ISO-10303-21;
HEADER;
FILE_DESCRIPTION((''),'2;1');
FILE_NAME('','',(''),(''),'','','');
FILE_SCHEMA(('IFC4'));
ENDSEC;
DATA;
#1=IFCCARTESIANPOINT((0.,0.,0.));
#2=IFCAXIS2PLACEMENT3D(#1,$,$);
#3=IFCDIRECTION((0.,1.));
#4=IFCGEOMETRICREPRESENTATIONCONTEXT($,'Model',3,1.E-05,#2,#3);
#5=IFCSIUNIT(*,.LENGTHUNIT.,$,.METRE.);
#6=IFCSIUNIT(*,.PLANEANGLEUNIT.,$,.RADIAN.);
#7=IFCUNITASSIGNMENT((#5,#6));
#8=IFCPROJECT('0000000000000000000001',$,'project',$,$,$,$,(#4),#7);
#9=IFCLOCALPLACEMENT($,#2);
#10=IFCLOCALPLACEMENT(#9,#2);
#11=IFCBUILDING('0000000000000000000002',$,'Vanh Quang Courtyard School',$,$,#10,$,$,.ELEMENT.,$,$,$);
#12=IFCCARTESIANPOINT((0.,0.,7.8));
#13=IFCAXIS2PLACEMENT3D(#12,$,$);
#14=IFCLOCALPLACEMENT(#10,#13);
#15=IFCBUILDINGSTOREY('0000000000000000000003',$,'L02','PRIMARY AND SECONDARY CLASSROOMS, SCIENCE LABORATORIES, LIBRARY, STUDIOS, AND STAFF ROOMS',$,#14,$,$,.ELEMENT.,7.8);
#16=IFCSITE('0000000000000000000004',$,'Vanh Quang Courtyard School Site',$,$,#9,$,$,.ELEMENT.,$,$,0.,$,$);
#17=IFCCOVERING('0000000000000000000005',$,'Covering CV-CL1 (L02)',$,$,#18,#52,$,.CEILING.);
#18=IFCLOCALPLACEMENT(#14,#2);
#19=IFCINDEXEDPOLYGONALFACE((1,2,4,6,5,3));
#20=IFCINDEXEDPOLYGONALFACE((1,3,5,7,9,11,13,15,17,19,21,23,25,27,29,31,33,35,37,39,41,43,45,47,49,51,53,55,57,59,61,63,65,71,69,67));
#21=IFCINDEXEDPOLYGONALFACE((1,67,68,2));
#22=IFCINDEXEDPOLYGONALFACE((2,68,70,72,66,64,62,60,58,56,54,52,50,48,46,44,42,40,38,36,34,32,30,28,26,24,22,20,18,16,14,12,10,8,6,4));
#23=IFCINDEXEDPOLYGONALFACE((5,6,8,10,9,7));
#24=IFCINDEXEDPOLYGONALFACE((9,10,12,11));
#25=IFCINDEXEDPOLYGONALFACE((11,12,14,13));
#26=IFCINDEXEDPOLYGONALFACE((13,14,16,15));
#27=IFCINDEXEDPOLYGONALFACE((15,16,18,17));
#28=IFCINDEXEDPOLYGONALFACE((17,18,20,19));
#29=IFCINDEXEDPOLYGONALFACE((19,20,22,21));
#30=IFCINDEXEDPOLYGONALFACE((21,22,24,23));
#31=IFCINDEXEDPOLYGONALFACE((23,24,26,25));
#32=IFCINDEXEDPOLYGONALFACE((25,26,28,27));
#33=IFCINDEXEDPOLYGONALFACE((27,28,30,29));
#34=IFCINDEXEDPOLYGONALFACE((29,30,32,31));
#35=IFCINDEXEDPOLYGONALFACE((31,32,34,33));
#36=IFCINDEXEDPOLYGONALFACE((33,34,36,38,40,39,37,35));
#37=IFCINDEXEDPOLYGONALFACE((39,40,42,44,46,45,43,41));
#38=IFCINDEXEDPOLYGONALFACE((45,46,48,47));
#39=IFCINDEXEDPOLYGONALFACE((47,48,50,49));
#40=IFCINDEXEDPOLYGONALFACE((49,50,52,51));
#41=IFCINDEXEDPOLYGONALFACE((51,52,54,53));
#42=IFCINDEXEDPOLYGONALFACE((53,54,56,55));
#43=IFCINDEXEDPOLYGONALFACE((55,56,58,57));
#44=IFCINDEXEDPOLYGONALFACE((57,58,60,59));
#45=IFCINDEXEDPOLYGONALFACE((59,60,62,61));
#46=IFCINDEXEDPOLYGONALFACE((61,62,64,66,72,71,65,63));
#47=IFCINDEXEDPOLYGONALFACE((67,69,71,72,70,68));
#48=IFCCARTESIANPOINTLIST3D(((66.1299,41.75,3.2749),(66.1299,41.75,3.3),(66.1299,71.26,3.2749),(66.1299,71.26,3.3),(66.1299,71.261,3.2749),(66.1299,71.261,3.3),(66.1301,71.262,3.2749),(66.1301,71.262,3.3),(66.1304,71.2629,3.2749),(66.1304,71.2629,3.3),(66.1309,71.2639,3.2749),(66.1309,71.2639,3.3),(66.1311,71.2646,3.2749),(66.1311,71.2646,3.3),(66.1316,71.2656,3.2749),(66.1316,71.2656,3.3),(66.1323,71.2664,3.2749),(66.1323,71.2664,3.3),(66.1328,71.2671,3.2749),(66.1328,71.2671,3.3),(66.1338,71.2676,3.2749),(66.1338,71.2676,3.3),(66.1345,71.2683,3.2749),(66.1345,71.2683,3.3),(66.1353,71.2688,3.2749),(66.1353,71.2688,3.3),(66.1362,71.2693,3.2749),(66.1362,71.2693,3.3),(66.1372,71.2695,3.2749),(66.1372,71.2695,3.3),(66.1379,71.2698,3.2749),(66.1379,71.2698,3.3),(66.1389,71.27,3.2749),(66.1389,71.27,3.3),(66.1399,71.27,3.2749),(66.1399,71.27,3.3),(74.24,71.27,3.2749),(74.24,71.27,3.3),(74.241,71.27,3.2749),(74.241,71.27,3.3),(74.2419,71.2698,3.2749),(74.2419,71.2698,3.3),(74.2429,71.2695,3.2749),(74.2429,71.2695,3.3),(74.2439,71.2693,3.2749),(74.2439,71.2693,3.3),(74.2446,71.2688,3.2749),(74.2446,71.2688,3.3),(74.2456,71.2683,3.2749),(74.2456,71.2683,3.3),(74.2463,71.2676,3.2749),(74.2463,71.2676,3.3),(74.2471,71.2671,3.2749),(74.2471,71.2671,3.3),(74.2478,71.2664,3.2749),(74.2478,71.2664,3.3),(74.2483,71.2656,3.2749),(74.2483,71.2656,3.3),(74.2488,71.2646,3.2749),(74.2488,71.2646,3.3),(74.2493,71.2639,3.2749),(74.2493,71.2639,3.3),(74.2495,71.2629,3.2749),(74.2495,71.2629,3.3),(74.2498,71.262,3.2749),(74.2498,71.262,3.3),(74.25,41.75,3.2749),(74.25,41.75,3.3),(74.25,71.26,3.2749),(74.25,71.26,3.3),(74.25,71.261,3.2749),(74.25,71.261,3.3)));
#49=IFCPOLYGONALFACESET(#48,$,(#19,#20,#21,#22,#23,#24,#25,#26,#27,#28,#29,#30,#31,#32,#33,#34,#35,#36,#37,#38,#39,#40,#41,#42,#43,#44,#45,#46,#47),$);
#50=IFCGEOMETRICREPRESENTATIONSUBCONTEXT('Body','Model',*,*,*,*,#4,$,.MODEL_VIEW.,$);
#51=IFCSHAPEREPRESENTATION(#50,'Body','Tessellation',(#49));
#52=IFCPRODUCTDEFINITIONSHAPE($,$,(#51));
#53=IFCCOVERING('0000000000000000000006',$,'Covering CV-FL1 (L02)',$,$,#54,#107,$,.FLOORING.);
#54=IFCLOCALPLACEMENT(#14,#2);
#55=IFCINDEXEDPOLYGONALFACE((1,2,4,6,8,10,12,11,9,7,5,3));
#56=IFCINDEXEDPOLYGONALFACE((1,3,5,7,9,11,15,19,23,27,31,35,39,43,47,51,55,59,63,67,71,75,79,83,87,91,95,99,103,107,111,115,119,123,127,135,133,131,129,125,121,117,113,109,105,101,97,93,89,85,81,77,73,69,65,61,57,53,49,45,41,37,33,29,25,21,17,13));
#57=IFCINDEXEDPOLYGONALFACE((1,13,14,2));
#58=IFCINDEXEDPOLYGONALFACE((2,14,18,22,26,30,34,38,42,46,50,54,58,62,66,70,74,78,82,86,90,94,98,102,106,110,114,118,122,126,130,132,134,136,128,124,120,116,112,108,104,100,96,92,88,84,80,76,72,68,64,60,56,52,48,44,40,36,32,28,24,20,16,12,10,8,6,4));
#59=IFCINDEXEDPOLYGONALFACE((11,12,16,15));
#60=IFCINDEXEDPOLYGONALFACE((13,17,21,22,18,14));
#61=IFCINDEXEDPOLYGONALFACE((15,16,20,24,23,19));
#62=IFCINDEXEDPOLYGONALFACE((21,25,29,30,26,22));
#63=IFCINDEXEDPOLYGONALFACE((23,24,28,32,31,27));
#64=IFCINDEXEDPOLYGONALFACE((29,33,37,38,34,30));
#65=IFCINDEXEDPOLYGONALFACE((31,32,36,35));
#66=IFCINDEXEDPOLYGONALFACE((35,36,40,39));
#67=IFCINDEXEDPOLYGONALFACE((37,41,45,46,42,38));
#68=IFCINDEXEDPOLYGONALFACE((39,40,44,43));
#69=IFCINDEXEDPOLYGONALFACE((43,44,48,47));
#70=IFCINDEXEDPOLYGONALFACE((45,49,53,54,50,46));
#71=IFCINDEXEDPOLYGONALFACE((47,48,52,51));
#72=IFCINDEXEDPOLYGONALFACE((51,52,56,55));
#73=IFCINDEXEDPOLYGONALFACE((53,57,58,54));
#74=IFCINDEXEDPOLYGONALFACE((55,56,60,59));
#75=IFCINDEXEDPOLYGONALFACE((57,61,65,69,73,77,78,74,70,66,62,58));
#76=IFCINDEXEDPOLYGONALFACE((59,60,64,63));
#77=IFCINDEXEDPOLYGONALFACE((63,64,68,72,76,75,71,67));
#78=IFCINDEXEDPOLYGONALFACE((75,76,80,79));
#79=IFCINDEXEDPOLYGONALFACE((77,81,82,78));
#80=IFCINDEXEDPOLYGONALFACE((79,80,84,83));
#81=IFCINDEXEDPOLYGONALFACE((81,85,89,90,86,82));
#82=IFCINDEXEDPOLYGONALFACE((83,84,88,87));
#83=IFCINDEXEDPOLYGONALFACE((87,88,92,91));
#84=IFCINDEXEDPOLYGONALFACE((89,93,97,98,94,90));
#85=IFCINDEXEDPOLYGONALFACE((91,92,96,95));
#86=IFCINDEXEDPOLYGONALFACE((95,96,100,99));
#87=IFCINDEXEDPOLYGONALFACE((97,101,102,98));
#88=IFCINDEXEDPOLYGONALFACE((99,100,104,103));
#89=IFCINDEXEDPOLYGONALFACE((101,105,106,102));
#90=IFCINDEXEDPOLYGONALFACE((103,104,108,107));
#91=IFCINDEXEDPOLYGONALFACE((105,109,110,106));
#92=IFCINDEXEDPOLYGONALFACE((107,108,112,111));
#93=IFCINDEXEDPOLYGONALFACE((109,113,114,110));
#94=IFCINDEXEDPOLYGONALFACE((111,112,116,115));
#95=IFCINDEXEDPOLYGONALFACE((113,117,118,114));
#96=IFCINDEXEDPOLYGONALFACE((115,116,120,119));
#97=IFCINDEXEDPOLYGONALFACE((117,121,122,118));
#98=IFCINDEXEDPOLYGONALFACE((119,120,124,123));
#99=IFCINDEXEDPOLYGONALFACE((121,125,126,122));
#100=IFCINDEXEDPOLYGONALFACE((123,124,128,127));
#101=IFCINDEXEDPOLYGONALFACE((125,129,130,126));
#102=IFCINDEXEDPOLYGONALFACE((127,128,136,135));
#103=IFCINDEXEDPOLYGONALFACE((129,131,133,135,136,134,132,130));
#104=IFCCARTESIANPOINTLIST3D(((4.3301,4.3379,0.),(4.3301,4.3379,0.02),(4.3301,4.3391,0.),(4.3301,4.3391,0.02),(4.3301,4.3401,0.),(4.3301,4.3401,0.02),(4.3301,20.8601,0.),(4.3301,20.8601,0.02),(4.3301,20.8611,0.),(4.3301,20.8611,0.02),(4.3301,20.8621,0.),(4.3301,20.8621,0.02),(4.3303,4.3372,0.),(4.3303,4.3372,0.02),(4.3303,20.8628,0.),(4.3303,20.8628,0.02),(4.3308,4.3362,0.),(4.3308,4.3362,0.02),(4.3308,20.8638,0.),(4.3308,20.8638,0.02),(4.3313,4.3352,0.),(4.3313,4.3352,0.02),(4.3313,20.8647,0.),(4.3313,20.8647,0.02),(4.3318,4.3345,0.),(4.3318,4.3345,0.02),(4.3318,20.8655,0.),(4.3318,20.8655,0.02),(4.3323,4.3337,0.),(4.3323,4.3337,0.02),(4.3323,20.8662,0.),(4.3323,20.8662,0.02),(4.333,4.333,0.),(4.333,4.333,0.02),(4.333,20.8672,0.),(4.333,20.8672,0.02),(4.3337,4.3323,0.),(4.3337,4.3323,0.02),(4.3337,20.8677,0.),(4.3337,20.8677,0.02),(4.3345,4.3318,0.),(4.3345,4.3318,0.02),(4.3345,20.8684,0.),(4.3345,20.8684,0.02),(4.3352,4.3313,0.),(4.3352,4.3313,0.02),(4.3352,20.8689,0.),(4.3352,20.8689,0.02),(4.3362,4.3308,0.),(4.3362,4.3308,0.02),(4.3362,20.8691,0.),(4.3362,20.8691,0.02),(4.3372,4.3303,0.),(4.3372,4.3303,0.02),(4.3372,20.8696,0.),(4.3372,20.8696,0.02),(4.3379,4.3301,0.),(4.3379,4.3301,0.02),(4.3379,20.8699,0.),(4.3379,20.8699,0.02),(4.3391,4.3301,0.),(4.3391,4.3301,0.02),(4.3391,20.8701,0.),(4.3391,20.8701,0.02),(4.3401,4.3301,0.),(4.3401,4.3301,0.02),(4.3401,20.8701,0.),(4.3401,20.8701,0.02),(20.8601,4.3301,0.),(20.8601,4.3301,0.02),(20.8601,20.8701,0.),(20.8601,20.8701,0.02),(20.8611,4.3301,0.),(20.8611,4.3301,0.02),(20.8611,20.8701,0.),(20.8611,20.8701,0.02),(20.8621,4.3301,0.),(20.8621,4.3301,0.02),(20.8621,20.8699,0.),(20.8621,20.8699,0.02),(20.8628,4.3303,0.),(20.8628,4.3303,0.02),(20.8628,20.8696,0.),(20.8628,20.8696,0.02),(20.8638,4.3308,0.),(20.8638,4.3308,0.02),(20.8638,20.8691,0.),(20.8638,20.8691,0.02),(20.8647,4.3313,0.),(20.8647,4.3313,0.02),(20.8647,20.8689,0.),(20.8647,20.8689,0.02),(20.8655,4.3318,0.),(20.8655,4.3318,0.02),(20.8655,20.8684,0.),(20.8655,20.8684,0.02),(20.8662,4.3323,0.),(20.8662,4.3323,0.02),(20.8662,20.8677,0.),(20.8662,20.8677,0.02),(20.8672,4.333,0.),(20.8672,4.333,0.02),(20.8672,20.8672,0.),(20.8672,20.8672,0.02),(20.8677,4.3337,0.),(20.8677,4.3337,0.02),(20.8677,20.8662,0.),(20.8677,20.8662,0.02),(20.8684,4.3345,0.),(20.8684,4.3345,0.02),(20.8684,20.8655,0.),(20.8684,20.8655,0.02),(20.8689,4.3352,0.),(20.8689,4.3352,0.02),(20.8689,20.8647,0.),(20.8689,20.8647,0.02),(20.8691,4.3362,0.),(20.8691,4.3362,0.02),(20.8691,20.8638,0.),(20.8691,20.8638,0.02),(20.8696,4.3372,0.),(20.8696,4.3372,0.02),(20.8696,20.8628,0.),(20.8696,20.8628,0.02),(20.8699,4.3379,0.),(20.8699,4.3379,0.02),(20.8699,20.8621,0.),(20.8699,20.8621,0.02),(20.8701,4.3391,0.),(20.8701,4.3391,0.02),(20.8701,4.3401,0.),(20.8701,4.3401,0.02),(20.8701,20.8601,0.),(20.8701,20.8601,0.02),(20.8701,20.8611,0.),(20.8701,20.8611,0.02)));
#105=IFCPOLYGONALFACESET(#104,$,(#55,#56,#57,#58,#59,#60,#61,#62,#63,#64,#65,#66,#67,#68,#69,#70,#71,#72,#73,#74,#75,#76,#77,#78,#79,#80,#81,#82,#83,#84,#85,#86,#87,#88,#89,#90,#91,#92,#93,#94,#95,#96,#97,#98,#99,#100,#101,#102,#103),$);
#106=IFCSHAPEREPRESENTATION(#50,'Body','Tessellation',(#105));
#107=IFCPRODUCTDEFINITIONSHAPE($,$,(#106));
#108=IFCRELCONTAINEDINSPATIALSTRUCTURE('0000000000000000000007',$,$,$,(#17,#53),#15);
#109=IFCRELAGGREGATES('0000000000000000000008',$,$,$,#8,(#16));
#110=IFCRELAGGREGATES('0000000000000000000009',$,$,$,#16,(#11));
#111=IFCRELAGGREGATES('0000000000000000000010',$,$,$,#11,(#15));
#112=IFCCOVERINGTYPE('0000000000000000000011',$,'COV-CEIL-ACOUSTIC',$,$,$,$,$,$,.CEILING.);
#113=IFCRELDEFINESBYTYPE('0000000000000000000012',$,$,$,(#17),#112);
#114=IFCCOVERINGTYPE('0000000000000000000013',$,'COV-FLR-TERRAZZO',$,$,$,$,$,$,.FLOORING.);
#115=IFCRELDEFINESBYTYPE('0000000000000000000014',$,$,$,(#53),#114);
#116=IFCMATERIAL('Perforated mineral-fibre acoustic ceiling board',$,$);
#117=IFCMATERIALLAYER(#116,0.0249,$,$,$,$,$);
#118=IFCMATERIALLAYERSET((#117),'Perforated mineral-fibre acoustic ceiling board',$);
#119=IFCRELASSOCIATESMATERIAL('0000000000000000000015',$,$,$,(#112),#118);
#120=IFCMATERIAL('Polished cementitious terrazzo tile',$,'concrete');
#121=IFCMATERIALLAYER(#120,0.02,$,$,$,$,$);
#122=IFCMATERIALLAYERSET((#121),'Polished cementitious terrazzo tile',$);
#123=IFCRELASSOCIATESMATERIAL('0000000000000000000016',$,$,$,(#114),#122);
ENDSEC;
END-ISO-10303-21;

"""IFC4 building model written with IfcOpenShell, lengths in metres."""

from ifc_helpers import new_model, si_unit, direction, frame, origin, place, context, subcontext, project, spatial, polyline, outline, extrude, material, layer, layer_set, type_object, element, save


model = new_model("IFC4")

# Units and contexts
model_context = context("Model", 3, precision=1e-05, world=origin(), true_north=direction((0.0, 1.0)))
body_context = subcontext(model_context, "Body", "Model", "MODEL_VIEW")
ifc_project = project(units=[si_unit("LENGTHUNIT", "METRE"), si_unit("PLANEANGLEUNIT", "RADIAN")], contexts=[model_context])

# Site, building, storey
site_placement = place(None, origin())
site = spatial("IfcSite", under=ifc_project, at=site_placement, Name="Vanh Quang Courtyard School Site", CompositionType="ELEMENT", RefElevation=0.0)
building_placement = place(site_placement, origin())
building = spatial("IfcBuilding", under=site, at=building_placement, Name="Vanh Quang Courtyard School", CompositionType="ELEMENT")
storey_placement = place(building_placement, frame((0.0, 0.0, 7.8)))
storey = spatial("IfcBuildingStorey", under=building, at=storey_placement, Name="L02", Description="PRIMARY AND SECONDARY CLASSROOMS, SCIENCE LABORATORIES, LIBRARY, STUDIOS, AND STAFF ROOMS", CompositionType="ELEMENT", Elevation=7.8)

# Coverings
ifc_material_1 = material(Name="Perforated mineral-fibre acoustic ceiling board")
ifc_layer_1 = layer(ifc_material_1, 0.0249)
ifc_layer_set_1 = layer_set([ifc_layer_1], Name="Perforated mineral-fibre acoustic ceiling board")
covering_type_1 = type_object("IfcCoveringType", Name="COV-CEIL-ACOUSTIC", PredefinedType="CEILING", material=ifc_layer_set_1)
covering_1_placement = place(storey_placement, frame((0.0, 0.0, 3.2749)))
element("IfcCovering", 1, at=covering_1_placement, inside=storey, type_object=covering_type_1, Name="Covering CV-CL1 (L02)", PredefinedType="CEILING", context=body_context, shape_type="SweptSolid", body=[
    extrude(outline(polyline([(66.1299, 71.26), (66.1299, 71.261), (66.1301, 71.262), (66.1304, 71.2629), (66.1309, 71.2639), (66.1311, 71.2646), (66.1316, 71.2656), (66.1323, 71.2664), (66.1328, 71.2671), (66.1338, 71.2676), (66.1345, 71.2683), (66.1353, 71.2688), (66.1362, 71.2693), (66.1372, 71.2695), (66.1379, 71.2698), (66.1389, 71.27), (66.1399, 71.27), (74.24, 71.27), (74.241, 71.27), (74.2419, 71.2698), (74.2429, 71.2695), (74.2439, 71.2693), (74.2446, 71.2688), (74.2456, 71.2683), (74.2463, 71.2676), (74.2471, 71.2671), (74.2478, 71.2664), (74.2483, 71.2656), (74.2488, 71.2646), (74.2493, 71.2639), (74.2495, 71.2629), (74.2498, 71.262), (74.25, 71.261), (74.25, 71.26), (74.25, 41.75), (66.1299, 41.75), (66.1299, 71.26)])), origin(), (0.0, 0.0, 1.0), 0.0251),
])
ifc_material_2 = material(Name="Polished cementitious terrazzo tile", Category="concrete")
ifc_layer_2 = layer(ifc_material_2, 0.02)
ifc_layer_set_2 = layer_set([ifc_layer_2], Name="Polished cementitious terrazzo tile")
covering_type_2 = type_object("IfcCoveringType", Name="COV-FLR-TERRAZZO", PredefinedType="FLOORING", material=ifc_layer_set_2)
covering_2_placement = place(storey_placement, origin())
element("IfcCovering", 2, at=covering_2_placement, inside=storey, type_object=covering_type_2, Name="Covering CV-FL1 (L02)", PredefinedType="FLOORING", context=body_context, shape_type="SweptSolid", body=[
    extrude(outline(polyline([(4.3301, 20.8601), (4.3301, 20.8611), (4.3301, 20.8621), (4.3303, 20.8628), (4.3308, 20.8638), (4.3313, 20.8647), (4.3318, 20.8655), (4.3323, 20.8662), (4.333, 20.8672), (4.3337, 20.8677), (4.3345, 20.8684), (4.3352, 20.8689), (4.3362, 20.8691), (4.3372, 20.8696), (4.3379, 20.8699), (4.3391, 20.8701), (4.3401, 20.8701), (20.8601, 20.8701), (20.8611, 20.8701), (20.8621, 20.8699), (20.8628, 20.8696), (20.8638, 20.8691), (20.8647, 20.8689), (20.8655, 20.8684), (20.8662, 20.8677), (20.8672, 20.8672), (20.8677, 20.8662), (20.8684, 20.8655), (20.8689, 20.8647), (20.8691, 20.8638), (20.8696, 20.8628), (20.8699, 20.8621), (20.8701, 20.8611), (20.8701, 20.8601), (20.8701, 4.3401), (20.8701, 4.3391), (20.8699, 4.3379), (20.8696, 4.3372), (20.8691, 4.3362), (20.8689, 4.3352), (20.8684, 4.3345), (20.8677, 4.3337), (20.8672, 4.333), (20.8662, 4.3323), (20.8655, 4.3318), (20.8647, 4.3313), (20.8638, 4.3308), (20.8628, 4.3303), (20.8621, 4.3301), (20.8611, 4.3301), (20.8601, 4.3301), (4.3401, 4.3301), (4.3391, 4.3301), (4.3379, 4.3301), (4.3372, 4.3303), (4.3362, 4.3308), (4.3352, 4.3313), (4.3345, 4.3318), (4.3337, 4.3323), (4.333, 4.333), (4.3323, 4.3337), (4.3318, 4.3345), (4.3313, 4.3352), (4.3308, 4.3362), (4.3303, 4.3372), (4.3301, 4.3379), (4.3301, 4.3391), (4.3301, 4.3401), (4.3301, 20.8601)])), origin(), (0.0, 0.0, 1.0), 0.02),
])

save(model, "model.ifc")
